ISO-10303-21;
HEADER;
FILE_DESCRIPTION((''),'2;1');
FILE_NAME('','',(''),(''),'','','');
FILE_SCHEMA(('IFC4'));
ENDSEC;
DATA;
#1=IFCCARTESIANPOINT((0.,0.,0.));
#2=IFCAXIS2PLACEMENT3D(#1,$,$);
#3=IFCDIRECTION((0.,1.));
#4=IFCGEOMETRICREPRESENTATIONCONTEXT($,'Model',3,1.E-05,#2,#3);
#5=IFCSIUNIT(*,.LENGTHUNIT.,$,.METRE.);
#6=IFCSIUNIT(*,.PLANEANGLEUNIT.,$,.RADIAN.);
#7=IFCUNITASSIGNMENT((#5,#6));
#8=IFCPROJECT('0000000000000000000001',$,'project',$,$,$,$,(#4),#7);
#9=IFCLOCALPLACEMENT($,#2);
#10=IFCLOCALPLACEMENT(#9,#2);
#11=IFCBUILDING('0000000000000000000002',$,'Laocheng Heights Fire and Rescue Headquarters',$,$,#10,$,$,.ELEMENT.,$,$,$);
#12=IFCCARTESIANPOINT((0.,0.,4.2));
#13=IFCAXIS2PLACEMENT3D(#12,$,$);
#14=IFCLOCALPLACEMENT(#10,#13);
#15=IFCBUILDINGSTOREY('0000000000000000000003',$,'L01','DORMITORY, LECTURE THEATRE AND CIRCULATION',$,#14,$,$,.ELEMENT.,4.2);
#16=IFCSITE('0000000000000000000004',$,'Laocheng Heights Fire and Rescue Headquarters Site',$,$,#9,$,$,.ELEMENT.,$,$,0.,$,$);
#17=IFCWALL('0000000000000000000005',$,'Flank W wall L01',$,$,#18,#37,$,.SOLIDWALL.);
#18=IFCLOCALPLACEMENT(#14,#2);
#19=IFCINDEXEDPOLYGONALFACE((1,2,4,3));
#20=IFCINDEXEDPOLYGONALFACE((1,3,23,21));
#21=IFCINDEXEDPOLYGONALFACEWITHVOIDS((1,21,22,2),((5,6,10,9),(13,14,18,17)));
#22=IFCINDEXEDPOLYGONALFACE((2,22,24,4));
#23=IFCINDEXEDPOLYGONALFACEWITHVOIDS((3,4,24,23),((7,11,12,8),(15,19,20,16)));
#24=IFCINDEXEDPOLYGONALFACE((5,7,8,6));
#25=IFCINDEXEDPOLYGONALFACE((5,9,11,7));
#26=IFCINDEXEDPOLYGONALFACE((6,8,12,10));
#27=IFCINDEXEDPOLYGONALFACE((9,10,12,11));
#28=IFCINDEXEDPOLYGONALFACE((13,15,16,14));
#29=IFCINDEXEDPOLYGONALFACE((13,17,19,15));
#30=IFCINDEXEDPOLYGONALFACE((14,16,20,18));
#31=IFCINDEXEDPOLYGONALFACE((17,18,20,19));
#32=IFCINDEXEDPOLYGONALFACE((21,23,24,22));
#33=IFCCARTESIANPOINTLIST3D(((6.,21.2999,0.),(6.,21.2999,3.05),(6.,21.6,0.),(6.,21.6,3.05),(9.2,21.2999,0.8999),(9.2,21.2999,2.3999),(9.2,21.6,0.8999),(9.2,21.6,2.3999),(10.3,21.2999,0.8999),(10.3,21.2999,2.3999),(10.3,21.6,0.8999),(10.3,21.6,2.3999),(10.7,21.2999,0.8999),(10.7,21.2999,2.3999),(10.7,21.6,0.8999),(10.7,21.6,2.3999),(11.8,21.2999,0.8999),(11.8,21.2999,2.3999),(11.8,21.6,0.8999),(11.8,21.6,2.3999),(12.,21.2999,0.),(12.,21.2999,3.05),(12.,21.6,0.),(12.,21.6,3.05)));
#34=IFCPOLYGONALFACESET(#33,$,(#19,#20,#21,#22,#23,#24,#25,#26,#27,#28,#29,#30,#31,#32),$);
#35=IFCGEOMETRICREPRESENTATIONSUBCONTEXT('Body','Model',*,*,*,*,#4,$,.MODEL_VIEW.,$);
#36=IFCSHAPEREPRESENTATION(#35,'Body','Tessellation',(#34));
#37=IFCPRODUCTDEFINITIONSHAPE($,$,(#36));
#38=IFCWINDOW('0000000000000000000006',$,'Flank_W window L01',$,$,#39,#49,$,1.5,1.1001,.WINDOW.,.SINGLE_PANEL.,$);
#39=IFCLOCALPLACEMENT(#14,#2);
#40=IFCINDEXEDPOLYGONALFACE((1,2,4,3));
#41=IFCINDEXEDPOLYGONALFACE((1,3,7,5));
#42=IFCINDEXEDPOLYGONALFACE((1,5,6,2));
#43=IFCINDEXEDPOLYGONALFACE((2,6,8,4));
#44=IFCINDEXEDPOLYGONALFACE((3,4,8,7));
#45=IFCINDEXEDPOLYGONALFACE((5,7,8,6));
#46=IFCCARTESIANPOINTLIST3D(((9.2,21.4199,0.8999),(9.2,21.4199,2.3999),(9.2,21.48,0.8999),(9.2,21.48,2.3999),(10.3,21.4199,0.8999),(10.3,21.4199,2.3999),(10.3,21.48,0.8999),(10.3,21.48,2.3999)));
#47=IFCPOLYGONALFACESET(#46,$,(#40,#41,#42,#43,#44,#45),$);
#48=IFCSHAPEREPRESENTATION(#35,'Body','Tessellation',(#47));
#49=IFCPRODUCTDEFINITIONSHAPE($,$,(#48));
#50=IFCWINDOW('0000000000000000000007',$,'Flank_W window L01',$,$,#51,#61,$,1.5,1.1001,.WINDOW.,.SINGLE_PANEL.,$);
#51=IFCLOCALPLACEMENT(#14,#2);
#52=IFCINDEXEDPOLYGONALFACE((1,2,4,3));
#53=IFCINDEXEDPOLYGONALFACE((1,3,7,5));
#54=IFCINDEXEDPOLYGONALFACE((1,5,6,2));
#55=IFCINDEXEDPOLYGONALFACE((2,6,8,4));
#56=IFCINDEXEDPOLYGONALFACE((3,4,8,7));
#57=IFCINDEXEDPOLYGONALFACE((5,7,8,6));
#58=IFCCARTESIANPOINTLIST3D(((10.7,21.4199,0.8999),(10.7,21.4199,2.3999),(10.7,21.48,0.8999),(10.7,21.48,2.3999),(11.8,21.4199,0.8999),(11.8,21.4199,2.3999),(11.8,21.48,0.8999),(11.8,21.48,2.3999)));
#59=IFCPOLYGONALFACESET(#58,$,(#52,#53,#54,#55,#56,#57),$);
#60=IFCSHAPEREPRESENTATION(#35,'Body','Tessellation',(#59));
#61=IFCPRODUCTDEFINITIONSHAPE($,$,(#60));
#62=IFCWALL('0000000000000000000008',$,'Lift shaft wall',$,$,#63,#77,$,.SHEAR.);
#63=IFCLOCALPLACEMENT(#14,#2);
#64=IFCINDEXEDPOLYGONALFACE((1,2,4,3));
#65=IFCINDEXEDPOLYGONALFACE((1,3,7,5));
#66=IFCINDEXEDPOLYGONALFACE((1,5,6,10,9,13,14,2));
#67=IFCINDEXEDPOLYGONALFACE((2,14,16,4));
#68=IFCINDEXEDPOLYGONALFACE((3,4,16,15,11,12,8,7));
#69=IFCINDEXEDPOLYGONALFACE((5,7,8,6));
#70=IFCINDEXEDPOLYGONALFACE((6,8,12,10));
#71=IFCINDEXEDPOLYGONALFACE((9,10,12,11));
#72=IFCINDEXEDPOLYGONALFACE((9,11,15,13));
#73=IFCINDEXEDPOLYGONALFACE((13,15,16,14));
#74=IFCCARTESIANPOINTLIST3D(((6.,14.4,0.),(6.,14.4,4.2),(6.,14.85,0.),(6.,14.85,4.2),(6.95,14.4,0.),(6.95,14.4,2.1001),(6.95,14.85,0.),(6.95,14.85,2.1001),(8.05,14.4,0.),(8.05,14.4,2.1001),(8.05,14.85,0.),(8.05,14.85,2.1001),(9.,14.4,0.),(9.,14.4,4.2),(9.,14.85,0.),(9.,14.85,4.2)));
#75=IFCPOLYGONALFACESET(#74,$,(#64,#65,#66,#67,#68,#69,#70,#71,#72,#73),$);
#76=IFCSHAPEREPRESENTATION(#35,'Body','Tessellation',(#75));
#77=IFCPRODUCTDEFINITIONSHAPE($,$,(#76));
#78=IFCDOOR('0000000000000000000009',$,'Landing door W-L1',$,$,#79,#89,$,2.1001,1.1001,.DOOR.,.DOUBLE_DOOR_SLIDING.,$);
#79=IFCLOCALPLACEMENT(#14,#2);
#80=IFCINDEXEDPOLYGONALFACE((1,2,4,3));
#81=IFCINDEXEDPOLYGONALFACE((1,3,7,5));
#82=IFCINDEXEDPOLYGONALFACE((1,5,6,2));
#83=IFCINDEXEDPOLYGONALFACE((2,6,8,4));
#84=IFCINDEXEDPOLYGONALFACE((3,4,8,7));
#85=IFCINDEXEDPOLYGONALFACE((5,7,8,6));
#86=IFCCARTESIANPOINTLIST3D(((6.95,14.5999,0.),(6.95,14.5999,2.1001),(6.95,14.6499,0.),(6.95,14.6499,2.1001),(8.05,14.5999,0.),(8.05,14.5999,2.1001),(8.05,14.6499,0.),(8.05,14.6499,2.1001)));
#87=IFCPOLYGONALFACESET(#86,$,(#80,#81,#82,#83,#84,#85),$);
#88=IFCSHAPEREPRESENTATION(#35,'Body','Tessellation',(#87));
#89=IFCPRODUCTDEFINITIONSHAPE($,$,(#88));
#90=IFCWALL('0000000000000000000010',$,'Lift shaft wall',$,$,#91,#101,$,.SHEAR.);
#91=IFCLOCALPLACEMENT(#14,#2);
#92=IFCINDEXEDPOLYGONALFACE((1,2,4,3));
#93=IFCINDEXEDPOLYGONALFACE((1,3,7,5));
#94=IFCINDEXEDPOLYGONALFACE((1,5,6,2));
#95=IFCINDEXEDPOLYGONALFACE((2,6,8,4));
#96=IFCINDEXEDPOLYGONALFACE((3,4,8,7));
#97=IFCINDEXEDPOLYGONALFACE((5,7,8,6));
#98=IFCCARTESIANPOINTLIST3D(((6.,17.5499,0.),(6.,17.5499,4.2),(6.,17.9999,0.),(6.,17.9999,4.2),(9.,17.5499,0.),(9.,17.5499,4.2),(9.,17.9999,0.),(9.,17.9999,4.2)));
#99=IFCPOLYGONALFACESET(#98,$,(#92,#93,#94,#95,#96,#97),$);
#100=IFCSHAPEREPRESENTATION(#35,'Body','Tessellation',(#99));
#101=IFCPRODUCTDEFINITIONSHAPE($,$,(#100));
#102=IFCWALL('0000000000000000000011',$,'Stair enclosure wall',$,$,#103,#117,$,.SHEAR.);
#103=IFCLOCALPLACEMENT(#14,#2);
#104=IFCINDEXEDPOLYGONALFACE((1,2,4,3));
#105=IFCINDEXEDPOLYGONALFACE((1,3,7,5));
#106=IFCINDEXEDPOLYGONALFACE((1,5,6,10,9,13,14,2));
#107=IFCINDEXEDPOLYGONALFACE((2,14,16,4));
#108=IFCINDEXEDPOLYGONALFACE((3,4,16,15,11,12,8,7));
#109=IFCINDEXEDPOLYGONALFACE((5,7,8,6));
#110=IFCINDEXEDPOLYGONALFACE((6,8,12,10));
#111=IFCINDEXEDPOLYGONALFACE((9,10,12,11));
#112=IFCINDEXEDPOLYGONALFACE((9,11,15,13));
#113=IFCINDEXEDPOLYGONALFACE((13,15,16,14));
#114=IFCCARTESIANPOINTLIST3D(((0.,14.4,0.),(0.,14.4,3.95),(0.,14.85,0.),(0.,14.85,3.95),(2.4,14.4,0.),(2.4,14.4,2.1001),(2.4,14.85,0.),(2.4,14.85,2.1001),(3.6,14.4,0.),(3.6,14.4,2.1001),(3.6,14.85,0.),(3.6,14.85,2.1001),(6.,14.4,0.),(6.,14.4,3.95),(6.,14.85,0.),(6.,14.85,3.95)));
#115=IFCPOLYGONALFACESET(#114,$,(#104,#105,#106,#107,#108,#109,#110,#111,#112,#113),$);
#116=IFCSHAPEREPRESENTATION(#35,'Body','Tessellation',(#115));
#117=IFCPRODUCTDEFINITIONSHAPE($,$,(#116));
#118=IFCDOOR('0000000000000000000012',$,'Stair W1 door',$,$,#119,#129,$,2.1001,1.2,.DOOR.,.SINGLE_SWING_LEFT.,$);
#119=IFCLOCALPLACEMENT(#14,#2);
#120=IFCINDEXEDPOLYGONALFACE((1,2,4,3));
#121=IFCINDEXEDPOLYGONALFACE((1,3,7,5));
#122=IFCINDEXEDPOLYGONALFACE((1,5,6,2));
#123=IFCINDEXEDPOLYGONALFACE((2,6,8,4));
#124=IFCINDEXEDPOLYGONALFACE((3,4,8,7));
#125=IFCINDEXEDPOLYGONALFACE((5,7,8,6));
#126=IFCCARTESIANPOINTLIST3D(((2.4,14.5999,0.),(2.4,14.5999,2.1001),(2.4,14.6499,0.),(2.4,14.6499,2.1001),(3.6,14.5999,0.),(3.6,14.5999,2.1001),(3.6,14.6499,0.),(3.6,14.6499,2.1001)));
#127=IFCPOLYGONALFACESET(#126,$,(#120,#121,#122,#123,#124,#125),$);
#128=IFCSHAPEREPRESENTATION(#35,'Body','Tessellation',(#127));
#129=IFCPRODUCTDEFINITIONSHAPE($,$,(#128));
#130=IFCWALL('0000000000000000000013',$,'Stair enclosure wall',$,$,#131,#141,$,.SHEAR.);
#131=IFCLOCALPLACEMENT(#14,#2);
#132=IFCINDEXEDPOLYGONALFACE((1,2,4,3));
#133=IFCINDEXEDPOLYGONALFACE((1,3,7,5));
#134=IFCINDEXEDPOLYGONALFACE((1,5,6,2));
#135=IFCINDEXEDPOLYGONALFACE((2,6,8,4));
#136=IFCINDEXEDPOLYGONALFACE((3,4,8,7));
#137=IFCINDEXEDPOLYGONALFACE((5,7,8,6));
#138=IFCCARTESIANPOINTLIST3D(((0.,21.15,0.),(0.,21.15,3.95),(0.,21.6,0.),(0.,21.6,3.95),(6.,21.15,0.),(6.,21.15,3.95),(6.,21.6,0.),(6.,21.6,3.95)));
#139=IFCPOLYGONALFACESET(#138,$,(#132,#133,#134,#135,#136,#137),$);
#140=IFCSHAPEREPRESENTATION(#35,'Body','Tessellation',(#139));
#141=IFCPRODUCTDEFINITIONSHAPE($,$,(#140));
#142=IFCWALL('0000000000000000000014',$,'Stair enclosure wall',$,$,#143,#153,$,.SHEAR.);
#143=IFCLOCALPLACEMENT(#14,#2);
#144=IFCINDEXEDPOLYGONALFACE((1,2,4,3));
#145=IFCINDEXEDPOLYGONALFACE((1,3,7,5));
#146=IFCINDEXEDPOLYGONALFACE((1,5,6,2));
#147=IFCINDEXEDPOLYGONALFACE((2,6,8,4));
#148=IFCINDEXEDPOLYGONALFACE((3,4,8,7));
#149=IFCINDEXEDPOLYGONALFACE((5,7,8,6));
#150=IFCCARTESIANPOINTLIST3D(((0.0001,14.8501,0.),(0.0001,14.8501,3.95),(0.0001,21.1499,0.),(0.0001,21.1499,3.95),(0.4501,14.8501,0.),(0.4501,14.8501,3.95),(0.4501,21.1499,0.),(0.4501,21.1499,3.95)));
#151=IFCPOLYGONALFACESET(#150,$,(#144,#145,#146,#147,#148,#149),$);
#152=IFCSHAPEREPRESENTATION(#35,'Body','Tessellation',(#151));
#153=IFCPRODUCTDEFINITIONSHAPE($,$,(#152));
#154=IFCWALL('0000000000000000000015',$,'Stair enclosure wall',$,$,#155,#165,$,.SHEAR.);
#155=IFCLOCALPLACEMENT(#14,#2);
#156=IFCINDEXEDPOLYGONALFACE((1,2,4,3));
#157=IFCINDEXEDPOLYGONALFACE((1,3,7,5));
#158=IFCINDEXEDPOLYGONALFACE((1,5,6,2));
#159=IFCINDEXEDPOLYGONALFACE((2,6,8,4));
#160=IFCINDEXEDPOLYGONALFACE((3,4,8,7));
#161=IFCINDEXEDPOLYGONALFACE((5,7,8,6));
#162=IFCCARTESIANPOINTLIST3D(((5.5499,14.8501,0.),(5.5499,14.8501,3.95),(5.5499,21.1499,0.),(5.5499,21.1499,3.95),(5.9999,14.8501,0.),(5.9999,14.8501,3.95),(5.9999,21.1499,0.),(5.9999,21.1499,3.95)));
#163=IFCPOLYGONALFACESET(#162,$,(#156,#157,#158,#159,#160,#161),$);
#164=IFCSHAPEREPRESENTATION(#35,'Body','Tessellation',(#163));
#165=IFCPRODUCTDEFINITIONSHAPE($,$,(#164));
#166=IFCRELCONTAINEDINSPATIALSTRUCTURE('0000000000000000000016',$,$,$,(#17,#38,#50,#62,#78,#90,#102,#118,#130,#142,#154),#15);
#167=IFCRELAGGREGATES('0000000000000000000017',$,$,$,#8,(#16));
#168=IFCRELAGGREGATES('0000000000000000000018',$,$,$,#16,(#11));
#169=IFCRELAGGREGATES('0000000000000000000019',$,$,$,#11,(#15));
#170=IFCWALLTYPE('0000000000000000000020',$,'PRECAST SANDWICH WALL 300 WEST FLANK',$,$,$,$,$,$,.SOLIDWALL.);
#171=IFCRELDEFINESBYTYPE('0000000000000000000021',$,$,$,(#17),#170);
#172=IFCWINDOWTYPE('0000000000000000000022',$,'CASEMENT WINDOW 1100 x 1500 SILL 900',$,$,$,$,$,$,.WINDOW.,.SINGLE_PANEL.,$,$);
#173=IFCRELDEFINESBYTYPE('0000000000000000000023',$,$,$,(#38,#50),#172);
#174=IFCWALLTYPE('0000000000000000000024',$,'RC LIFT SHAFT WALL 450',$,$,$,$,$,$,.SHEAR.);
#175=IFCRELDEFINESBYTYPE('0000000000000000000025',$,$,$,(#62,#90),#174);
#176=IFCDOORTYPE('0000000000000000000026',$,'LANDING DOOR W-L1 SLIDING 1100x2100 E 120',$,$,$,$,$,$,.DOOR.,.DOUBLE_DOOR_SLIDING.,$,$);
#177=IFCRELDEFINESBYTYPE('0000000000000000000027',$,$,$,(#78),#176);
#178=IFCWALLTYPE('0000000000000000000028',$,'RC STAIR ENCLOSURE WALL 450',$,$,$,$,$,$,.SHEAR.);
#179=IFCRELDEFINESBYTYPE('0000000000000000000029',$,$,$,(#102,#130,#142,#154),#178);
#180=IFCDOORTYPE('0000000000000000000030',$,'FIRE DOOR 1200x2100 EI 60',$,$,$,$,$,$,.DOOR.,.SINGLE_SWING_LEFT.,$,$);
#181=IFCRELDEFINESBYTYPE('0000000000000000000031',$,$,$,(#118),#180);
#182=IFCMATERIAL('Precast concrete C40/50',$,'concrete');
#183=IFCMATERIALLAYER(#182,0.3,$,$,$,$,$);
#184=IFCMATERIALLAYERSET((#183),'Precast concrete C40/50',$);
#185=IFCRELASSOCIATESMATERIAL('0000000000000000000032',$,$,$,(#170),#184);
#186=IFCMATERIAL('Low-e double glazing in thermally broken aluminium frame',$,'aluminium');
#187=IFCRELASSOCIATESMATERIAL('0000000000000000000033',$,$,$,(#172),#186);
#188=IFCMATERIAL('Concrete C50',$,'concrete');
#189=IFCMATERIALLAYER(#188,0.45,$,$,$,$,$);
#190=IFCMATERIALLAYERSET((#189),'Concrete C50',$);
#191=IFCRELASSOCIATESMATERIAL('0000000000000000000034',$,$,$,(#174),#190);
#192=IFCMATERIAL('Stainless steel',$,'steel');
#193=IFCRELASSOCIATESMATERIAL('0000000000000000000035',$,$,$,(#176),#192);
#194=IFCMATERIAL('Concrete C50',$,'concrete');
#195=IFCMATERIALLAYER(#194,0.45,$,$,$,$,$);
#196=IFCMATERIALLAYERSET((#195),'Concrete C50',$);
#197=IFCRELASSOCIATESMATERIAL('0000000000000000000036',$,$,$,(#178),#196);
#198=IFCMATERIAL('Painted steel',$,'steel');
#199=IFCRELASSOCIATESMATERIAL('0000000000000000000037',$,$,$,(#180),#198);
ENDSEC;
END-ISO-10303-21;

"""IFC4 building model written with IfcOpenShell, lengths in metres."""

from ifc_helpers import new_model, si_unit, direction, frame, frame_2d, origin, place, context, subcontext, project, spatial, rectangle, extrude, material, layer, layer_set, type_object, element, fill, save


model = new_model("IFC4")

# Units and contexts
model_context = context("Model", 3, precision=1e-05, world=origin(), true_north=direction((0.0, 1.0)))
body_context = subcontext(model_context, "Body", "Model", "MODEL_VIEW")
ifc_project = project(units=[si_unit("LENGTHUNIT", "METRE"), si_unit("PLANEANGLEUNIT", "RADIAN")], contexts=[model_context])

# Site, building, storey
site_placement = place(None, origin())
site = spatial("IfcSite", under=ifc_project, at=site_placement, Name="Laocheng Heights Fire and Rescue Headquarters Site", CompositionType="ELEMENT", RefElevation=0.0)
building_placement = place(site_placement, origin())
building = spatial("IfcBuilding", under=site, at=building_placement, Name="Laocheng Heights Fire and Rescue Headquarters", CompositionType="ELEMENT")
storey_placement = place(building_placement, frame((0.0, 0.0, 4.2)))
storey = spatial("IfcBuildingStorey", under=building, at=storey_placement, Name="L01", Description="DORMITORY, LECTURE THEATRE AND CIRCULATION", CompositionType="ELEMENT", Elevation=4.2)

# Wall, openings, windows
ifc_material_1 = material(Name="Precast concrete C40/50", Category="concrete")
ifc_layer_1 = layer(ifc_material_1, 0.3)
ifc_layer_set_1 = layer_set([ifc_layer_1], Name="Precast concrete C40/50")
wall_type_1 = type_object("IfcWallType", Name="PRECAST SANDWICH WALL 300 WEST FLANK", PredefinedType="SOLIDWALL", material=ifc_layer_set_1)
wall_1_placement = place(storey_placement, frame((6.0, 21.45, 0.0), z_axis=(0.0, 0.0, 1.0), x_axis=(1.0, 0.0, 0.0)))
wall_1 = element("IfcWall", 1, at=wall_1_placement, inside=storey, type_object=wall_type_1, Name="Flank W wall L01", PredefinedType="SOLIDWALL", context=body_context, shape_type="SweptSolid", body=[
    extrude(rectangle(XDim=6.0, YDim=0.3, at=frame_2d((3.0, 0.0))), origin(), (0.0, 0.0, 1.0), 3.05),
])
opening_1_placement = place(wall_1_placement, frame((3.2, 0.0, 0.8999)))
opening_1 = element("IfcOpeningElement", 2, at=opening_1_placement, cuts=wall_1, PredefinedType="OPENING", context=body_context, shape_type="SweptSolid", body=[
    extrude(rectangle(XDim=1.1001, YDim=1.5, at=frame_2d((0.55, 0.75))), frame((0.0, 0.1599, 0.0), z_axis=(0.0, -1.0, 0.0), x_axis=(1.0, 0.0, 0.0)), (0.0, 0.0, 1.0), 0.3201),
])
opening_2_placement = place(wall_1_placement, frame((4.7, 0.0, 0.8999)))
opening_2 = element("IfcOpeningElement", 3, at=opening_2_placement, cuts=wall_1, PredefinedType="OPENING", context=body_context, shape_type="SweptSolid", body=[
    extrude(rectangle(XDim=1.1001, YDim=1.5, at=frame_2d((0.55, 0.75))), frame((0.0, 0.1599, 0.0), z_axis=(0.0, -1.0, 0.0), x_axis=(1.0, 0.0, 0.0)), (0.0, 0.0, 1.0), 0.3201),
])
ifc_material_2 = material(Name="Low-e double glazing in thermally broken aluminium frame", Category="aluminium")
window_type = type_object("IfcWindowType", Name="CASEMENT WINDOW 1100 x 1500 SILL 900", PartitioningType="SINGLE_PANEL", PredefinedType="WINDOW", material=ifc_material_2)
window_1_placement = place(opening_1_placement, origin())
window_1 = element("IfcWindow", 4, at=window_1_placement, inside=storey, type_object=window_type, Name="Flank_W window L01", OverallHeight=1.5, OverallWidth=1.1001, PartitioningType="SINGLE_PANEL", PredefinedType="WINDOW", context=body_context, shape_type="SweptSolid", body=[
    extrude(rectangle(XDim=1.1001, YDim=1.5, at=frame_2d((0.55, 0.75))), frame((0.0, 0.03, 0.0), z_axis=(0.0, -1.0, 0.0), x_axis=(1.0, 0.0, 0.0)), (0.0, 0.0, 1.0), 0.0601),
])
fill(opening_1, window_1)
window_2_placement = place(opening_2_placement, origin())
window_2 = element("IfcWindow", 5, at=window_2_placement, inside=storey, type_object=window_type, Name="Flank_W window L01", OverallHeight=1.5, OverallWidth=1.1001, PartitioningType="SINGLE_PANEL", PredefinedType="WINDOW", context=body_context, shape_type="SweptSolid", body=[
    extrude(rectangle(XDim=1.1001, YDim=1.5, at=frame_2d((0.55, 0.75))), frame((0.0, 0.03, 0.0), z_axis=(0.0, -1.0, 0.0), x_axis=(1.0, 0.0, 0.0)), (0.0, 0.0, 1.0), 0.0601),
])
fill(opening_2, window_2)

# Wall, opening, door
ifc_material_3 = material(Name="Concrete C50", Category="concrete")
ifc_layer_2 = layer(ifc_material_3, 0.45)
ifc_layer_set_2 = layer_set([ifc_layer_2], Name="Concrete C50")
wall_type_2 = type_object("IfcWallType", Name="RC LIFT SHAFT WALL 450", PredefinedType="SHEAR", material=ifc_layer_set_2)
wall_2_placement = place(storey_placement, frame((6.0, 14.625, 0.0), z_axis=(0.0, 0.0, 1.0), x_axis=(1.0, 0.0, 0.0)))
wall_2 = element("IfcWall", 6, at=wall_2_placement, inside=storey, type_object=wall_type_2, Name="Lift shaft wall", PredefinedType="SHEAR", context=body_context, shape_type="SweptSolid", body=[
    extrude(rectangle(XDim=3.0, YDim=0.45, at=frame_2d((1.5, 0.0))), origin(), (0.0, 0.0, 1.0), 4.2),
])
opening_3_placement = place(wall_2_placement, frame((0.95, 0.0, 0.0)))
opening_3 = element("IfcOpeningElement", 7, at=opening_3_placement, cuts=wall_2, PredefinedType="OPENING", context=body_context, shape_type="SweptSolid", body=[
    extrude(rectangle(XDim=1.1001, YDim=2.1001, at=frame_2d((0.55, 1.05))), frame((0.0, 0.2349, 0.0), z_axis=(0.0, -1.0, 0.0), x_axis=(1.0, 0.0, 0.0)), (0.0, 0.0, 1.0), 0.47),
])
ifc_material_4 = material(Name="Stainless steel", Category="steel")
door_type_1 = type_object("IfcDoorType", Name="LANDING DOOR W-L1 SLIDING 1100x2100 E 120", OperationType="DOUBLE_DOOR_SLIDING", PredefinedType="DOOR", material=ifc_material_4)
door_1_placement = place(opening_3_placement, origin())
door_1 = element("IfcDoor", 8, at=door_1_placement, inside=storey, type_object=door_type_1, Name="Landing door W-L1", OperationType="DOUBLE_DOOR_SLIDING", OverallHeight=2.1001, OverallWidth=1.1001, PredefinedType="DOOR", context=body_context, shape_type="SweptSolid", body=[
    extrude(rectangle(XDim=1.1001, YDim=2.1001, at=frame_2d((0.55, 1.05))), frame((0.0, 0.0249, 0.0), z_axis=(0.0, -1.0, 0.0), x_axis=(1.0, 0.0, 0.0)), (0.0, 0.0, 1.0), 0.05),
])
fill(opening_3, door_1)

# Wall
wall_3_placement = place(storey_placement, frame((6.0, 17.7749, 0.0), z_axis=(0.0, 0.0, 1.0), x_axis=(1.0, 0.0, 0.0)))
element("IfcWall", 9, at=wall_3_placement, inside=storey, type_object=wall_type_2, Name="Lift shaft wall", PredefinedType="SHEAR", context=body_context, shape_type="SweptSolid", body=[
    extrude(rectangle(XDim=3.0, YDim=0.45, at=frame_2d((1.5, 0.0))), origin(), (0.0, 0.0, 1.0), 4.2),
])

# Wall, opening, door
ifc_material_5 = material(Name="Concrete C50", Category="concrete")
ifc_layer_3 = layer(ifc_material_5, 0.45)
ifc_layer_set_3 = layer_set([ifc_layer_3], Name="Concrete C50")
wall_type_3 = type_object("IfcWallType", Name="RC STAIR ENCLOSURE WALL 450", PredefinedType="SHEAR", material=ifc_layer_set_3)
wall_4_placement = place(storey_placement, frame((0.0, 14.625, 0.0), z_axis=(0.0, 0.0, 1.0), x_axis=(1.0, 0.0, 0.0)))
wall_4 = element("IfcWall", 10, at=wall_4_placement, inside=storey, type_object=wall_type_3, Name="Stair enclosure wall", PredefinedType="SHEAR", context=body_context, shape_type="SweptSolid", body=[
    extrude(rectangle(XDim=6.0, YDim=0.45, at=frame_2d((3.0, 0.0))), origin(), (0.0, 0.0, 1.0), 3.95),
])
opening_4_placement = place(wall_4_placement, frame((2.3999, 0.0, 0.0)))
opening_4 = element("IfcOpeningElement", 11, at=opening_4_placement, cuts=wall_4, PredefinedType="OPENING", context=body_context, shape_type="SweptSolid", body=[
    extrude(rectangle(XDim=1.2, YDim=2.1001, at=frame_2d((0.6001, 1.05))), frame((0.0, 0.2349, 0.0), z_axis=(0.0, -1.0, 0.0), x_axis=(1.0, 0.0, 0.0)), (0.0, 0.0, 1.0), 0.47),
])
ifc_material_6 = material(Name="Painted steel", Category="steel")
door_type_2 = type_object("IfcDoorType", Name="FIRE DOOR 1200x2100 EI 60", OperationType="SINGLE_SWING_LEFT", PredefinedType="DOOR", material=ifc_material_6)
door_2_placement = place(opening_4_placement, origin())
door_2 = element("IfcDoor", 12, at=door_2_placement, inside=storey, type_object=door_type_2, Name="Stair W1 door", OperationType="SINGLE_SWING_LEFT", OverallHeight=2.1001, OverallWidth=1.2, PredefinedType="DOOR", context=body_context, shape_type="SweptSolid", body=[
    extrude(rectangle(XDim=1.2, YDim=2.1001, at=frame_2d((0.6001, 1.05))), frame((0.0, 0.0249, 0.0), z_axis=(0.0, -1.0, 0.0), x_axis=(1.0, 0.0, 0.0)), (0.0, 0.0, 1.0), 0.05),
])
fill(opening_4, door_2)

# Walls
wall_5_placement = place(storey_placement, frame((0.0, 21.375, 0.0), z_axis=(0.0, 0.0, 1.0), x_axis=(1.0, 0.0, 0.0)))
element("IfcWall", 13, at=wall_5_placement, inside=storey, type_object=wall_type_3, Name="Stair enclosure wall", PredefinedType="SHEAR", context=body_context, shape_type="SweptSolid", body=[
    extrude(rectangle(XDim=6.0, YDim=0.45, at=frame_2d((3.0, 0.0))), origin(), (0.0, 0.0, 1.0), 3.95),
])
for number, where, z_axis, x_axis, name in (
    (14, (0.2251, 14.8501, 0.0), (0.0, 0.0, 1.0), (0.0, 1.0, 0.0), "Stair enclosure wall"),
    (15, (5.7749, 14.8501, 0.0), (0.0, 0.0, 1.0), (0.0, 1.0, 0.0), "Stair enclosure wall"),
):
    element("IfcWall", number, at=place(storey_placement, frame(where, z_axis=z_axis, x_axis=x_axis)), inside=storey, type_object=wall_type_3, Name=name, PredefinedType="SHEAR", context=body_context, shape_type="SweptSolid", body=[
        extrude(rectangle(XDim=6.2998, YDim=0.45, at=frame_2d((3.1499, 0.0))), origin(), (0.0, 0.0, 1.0), 3.95),
    ])

save(model, "model.ifc")
